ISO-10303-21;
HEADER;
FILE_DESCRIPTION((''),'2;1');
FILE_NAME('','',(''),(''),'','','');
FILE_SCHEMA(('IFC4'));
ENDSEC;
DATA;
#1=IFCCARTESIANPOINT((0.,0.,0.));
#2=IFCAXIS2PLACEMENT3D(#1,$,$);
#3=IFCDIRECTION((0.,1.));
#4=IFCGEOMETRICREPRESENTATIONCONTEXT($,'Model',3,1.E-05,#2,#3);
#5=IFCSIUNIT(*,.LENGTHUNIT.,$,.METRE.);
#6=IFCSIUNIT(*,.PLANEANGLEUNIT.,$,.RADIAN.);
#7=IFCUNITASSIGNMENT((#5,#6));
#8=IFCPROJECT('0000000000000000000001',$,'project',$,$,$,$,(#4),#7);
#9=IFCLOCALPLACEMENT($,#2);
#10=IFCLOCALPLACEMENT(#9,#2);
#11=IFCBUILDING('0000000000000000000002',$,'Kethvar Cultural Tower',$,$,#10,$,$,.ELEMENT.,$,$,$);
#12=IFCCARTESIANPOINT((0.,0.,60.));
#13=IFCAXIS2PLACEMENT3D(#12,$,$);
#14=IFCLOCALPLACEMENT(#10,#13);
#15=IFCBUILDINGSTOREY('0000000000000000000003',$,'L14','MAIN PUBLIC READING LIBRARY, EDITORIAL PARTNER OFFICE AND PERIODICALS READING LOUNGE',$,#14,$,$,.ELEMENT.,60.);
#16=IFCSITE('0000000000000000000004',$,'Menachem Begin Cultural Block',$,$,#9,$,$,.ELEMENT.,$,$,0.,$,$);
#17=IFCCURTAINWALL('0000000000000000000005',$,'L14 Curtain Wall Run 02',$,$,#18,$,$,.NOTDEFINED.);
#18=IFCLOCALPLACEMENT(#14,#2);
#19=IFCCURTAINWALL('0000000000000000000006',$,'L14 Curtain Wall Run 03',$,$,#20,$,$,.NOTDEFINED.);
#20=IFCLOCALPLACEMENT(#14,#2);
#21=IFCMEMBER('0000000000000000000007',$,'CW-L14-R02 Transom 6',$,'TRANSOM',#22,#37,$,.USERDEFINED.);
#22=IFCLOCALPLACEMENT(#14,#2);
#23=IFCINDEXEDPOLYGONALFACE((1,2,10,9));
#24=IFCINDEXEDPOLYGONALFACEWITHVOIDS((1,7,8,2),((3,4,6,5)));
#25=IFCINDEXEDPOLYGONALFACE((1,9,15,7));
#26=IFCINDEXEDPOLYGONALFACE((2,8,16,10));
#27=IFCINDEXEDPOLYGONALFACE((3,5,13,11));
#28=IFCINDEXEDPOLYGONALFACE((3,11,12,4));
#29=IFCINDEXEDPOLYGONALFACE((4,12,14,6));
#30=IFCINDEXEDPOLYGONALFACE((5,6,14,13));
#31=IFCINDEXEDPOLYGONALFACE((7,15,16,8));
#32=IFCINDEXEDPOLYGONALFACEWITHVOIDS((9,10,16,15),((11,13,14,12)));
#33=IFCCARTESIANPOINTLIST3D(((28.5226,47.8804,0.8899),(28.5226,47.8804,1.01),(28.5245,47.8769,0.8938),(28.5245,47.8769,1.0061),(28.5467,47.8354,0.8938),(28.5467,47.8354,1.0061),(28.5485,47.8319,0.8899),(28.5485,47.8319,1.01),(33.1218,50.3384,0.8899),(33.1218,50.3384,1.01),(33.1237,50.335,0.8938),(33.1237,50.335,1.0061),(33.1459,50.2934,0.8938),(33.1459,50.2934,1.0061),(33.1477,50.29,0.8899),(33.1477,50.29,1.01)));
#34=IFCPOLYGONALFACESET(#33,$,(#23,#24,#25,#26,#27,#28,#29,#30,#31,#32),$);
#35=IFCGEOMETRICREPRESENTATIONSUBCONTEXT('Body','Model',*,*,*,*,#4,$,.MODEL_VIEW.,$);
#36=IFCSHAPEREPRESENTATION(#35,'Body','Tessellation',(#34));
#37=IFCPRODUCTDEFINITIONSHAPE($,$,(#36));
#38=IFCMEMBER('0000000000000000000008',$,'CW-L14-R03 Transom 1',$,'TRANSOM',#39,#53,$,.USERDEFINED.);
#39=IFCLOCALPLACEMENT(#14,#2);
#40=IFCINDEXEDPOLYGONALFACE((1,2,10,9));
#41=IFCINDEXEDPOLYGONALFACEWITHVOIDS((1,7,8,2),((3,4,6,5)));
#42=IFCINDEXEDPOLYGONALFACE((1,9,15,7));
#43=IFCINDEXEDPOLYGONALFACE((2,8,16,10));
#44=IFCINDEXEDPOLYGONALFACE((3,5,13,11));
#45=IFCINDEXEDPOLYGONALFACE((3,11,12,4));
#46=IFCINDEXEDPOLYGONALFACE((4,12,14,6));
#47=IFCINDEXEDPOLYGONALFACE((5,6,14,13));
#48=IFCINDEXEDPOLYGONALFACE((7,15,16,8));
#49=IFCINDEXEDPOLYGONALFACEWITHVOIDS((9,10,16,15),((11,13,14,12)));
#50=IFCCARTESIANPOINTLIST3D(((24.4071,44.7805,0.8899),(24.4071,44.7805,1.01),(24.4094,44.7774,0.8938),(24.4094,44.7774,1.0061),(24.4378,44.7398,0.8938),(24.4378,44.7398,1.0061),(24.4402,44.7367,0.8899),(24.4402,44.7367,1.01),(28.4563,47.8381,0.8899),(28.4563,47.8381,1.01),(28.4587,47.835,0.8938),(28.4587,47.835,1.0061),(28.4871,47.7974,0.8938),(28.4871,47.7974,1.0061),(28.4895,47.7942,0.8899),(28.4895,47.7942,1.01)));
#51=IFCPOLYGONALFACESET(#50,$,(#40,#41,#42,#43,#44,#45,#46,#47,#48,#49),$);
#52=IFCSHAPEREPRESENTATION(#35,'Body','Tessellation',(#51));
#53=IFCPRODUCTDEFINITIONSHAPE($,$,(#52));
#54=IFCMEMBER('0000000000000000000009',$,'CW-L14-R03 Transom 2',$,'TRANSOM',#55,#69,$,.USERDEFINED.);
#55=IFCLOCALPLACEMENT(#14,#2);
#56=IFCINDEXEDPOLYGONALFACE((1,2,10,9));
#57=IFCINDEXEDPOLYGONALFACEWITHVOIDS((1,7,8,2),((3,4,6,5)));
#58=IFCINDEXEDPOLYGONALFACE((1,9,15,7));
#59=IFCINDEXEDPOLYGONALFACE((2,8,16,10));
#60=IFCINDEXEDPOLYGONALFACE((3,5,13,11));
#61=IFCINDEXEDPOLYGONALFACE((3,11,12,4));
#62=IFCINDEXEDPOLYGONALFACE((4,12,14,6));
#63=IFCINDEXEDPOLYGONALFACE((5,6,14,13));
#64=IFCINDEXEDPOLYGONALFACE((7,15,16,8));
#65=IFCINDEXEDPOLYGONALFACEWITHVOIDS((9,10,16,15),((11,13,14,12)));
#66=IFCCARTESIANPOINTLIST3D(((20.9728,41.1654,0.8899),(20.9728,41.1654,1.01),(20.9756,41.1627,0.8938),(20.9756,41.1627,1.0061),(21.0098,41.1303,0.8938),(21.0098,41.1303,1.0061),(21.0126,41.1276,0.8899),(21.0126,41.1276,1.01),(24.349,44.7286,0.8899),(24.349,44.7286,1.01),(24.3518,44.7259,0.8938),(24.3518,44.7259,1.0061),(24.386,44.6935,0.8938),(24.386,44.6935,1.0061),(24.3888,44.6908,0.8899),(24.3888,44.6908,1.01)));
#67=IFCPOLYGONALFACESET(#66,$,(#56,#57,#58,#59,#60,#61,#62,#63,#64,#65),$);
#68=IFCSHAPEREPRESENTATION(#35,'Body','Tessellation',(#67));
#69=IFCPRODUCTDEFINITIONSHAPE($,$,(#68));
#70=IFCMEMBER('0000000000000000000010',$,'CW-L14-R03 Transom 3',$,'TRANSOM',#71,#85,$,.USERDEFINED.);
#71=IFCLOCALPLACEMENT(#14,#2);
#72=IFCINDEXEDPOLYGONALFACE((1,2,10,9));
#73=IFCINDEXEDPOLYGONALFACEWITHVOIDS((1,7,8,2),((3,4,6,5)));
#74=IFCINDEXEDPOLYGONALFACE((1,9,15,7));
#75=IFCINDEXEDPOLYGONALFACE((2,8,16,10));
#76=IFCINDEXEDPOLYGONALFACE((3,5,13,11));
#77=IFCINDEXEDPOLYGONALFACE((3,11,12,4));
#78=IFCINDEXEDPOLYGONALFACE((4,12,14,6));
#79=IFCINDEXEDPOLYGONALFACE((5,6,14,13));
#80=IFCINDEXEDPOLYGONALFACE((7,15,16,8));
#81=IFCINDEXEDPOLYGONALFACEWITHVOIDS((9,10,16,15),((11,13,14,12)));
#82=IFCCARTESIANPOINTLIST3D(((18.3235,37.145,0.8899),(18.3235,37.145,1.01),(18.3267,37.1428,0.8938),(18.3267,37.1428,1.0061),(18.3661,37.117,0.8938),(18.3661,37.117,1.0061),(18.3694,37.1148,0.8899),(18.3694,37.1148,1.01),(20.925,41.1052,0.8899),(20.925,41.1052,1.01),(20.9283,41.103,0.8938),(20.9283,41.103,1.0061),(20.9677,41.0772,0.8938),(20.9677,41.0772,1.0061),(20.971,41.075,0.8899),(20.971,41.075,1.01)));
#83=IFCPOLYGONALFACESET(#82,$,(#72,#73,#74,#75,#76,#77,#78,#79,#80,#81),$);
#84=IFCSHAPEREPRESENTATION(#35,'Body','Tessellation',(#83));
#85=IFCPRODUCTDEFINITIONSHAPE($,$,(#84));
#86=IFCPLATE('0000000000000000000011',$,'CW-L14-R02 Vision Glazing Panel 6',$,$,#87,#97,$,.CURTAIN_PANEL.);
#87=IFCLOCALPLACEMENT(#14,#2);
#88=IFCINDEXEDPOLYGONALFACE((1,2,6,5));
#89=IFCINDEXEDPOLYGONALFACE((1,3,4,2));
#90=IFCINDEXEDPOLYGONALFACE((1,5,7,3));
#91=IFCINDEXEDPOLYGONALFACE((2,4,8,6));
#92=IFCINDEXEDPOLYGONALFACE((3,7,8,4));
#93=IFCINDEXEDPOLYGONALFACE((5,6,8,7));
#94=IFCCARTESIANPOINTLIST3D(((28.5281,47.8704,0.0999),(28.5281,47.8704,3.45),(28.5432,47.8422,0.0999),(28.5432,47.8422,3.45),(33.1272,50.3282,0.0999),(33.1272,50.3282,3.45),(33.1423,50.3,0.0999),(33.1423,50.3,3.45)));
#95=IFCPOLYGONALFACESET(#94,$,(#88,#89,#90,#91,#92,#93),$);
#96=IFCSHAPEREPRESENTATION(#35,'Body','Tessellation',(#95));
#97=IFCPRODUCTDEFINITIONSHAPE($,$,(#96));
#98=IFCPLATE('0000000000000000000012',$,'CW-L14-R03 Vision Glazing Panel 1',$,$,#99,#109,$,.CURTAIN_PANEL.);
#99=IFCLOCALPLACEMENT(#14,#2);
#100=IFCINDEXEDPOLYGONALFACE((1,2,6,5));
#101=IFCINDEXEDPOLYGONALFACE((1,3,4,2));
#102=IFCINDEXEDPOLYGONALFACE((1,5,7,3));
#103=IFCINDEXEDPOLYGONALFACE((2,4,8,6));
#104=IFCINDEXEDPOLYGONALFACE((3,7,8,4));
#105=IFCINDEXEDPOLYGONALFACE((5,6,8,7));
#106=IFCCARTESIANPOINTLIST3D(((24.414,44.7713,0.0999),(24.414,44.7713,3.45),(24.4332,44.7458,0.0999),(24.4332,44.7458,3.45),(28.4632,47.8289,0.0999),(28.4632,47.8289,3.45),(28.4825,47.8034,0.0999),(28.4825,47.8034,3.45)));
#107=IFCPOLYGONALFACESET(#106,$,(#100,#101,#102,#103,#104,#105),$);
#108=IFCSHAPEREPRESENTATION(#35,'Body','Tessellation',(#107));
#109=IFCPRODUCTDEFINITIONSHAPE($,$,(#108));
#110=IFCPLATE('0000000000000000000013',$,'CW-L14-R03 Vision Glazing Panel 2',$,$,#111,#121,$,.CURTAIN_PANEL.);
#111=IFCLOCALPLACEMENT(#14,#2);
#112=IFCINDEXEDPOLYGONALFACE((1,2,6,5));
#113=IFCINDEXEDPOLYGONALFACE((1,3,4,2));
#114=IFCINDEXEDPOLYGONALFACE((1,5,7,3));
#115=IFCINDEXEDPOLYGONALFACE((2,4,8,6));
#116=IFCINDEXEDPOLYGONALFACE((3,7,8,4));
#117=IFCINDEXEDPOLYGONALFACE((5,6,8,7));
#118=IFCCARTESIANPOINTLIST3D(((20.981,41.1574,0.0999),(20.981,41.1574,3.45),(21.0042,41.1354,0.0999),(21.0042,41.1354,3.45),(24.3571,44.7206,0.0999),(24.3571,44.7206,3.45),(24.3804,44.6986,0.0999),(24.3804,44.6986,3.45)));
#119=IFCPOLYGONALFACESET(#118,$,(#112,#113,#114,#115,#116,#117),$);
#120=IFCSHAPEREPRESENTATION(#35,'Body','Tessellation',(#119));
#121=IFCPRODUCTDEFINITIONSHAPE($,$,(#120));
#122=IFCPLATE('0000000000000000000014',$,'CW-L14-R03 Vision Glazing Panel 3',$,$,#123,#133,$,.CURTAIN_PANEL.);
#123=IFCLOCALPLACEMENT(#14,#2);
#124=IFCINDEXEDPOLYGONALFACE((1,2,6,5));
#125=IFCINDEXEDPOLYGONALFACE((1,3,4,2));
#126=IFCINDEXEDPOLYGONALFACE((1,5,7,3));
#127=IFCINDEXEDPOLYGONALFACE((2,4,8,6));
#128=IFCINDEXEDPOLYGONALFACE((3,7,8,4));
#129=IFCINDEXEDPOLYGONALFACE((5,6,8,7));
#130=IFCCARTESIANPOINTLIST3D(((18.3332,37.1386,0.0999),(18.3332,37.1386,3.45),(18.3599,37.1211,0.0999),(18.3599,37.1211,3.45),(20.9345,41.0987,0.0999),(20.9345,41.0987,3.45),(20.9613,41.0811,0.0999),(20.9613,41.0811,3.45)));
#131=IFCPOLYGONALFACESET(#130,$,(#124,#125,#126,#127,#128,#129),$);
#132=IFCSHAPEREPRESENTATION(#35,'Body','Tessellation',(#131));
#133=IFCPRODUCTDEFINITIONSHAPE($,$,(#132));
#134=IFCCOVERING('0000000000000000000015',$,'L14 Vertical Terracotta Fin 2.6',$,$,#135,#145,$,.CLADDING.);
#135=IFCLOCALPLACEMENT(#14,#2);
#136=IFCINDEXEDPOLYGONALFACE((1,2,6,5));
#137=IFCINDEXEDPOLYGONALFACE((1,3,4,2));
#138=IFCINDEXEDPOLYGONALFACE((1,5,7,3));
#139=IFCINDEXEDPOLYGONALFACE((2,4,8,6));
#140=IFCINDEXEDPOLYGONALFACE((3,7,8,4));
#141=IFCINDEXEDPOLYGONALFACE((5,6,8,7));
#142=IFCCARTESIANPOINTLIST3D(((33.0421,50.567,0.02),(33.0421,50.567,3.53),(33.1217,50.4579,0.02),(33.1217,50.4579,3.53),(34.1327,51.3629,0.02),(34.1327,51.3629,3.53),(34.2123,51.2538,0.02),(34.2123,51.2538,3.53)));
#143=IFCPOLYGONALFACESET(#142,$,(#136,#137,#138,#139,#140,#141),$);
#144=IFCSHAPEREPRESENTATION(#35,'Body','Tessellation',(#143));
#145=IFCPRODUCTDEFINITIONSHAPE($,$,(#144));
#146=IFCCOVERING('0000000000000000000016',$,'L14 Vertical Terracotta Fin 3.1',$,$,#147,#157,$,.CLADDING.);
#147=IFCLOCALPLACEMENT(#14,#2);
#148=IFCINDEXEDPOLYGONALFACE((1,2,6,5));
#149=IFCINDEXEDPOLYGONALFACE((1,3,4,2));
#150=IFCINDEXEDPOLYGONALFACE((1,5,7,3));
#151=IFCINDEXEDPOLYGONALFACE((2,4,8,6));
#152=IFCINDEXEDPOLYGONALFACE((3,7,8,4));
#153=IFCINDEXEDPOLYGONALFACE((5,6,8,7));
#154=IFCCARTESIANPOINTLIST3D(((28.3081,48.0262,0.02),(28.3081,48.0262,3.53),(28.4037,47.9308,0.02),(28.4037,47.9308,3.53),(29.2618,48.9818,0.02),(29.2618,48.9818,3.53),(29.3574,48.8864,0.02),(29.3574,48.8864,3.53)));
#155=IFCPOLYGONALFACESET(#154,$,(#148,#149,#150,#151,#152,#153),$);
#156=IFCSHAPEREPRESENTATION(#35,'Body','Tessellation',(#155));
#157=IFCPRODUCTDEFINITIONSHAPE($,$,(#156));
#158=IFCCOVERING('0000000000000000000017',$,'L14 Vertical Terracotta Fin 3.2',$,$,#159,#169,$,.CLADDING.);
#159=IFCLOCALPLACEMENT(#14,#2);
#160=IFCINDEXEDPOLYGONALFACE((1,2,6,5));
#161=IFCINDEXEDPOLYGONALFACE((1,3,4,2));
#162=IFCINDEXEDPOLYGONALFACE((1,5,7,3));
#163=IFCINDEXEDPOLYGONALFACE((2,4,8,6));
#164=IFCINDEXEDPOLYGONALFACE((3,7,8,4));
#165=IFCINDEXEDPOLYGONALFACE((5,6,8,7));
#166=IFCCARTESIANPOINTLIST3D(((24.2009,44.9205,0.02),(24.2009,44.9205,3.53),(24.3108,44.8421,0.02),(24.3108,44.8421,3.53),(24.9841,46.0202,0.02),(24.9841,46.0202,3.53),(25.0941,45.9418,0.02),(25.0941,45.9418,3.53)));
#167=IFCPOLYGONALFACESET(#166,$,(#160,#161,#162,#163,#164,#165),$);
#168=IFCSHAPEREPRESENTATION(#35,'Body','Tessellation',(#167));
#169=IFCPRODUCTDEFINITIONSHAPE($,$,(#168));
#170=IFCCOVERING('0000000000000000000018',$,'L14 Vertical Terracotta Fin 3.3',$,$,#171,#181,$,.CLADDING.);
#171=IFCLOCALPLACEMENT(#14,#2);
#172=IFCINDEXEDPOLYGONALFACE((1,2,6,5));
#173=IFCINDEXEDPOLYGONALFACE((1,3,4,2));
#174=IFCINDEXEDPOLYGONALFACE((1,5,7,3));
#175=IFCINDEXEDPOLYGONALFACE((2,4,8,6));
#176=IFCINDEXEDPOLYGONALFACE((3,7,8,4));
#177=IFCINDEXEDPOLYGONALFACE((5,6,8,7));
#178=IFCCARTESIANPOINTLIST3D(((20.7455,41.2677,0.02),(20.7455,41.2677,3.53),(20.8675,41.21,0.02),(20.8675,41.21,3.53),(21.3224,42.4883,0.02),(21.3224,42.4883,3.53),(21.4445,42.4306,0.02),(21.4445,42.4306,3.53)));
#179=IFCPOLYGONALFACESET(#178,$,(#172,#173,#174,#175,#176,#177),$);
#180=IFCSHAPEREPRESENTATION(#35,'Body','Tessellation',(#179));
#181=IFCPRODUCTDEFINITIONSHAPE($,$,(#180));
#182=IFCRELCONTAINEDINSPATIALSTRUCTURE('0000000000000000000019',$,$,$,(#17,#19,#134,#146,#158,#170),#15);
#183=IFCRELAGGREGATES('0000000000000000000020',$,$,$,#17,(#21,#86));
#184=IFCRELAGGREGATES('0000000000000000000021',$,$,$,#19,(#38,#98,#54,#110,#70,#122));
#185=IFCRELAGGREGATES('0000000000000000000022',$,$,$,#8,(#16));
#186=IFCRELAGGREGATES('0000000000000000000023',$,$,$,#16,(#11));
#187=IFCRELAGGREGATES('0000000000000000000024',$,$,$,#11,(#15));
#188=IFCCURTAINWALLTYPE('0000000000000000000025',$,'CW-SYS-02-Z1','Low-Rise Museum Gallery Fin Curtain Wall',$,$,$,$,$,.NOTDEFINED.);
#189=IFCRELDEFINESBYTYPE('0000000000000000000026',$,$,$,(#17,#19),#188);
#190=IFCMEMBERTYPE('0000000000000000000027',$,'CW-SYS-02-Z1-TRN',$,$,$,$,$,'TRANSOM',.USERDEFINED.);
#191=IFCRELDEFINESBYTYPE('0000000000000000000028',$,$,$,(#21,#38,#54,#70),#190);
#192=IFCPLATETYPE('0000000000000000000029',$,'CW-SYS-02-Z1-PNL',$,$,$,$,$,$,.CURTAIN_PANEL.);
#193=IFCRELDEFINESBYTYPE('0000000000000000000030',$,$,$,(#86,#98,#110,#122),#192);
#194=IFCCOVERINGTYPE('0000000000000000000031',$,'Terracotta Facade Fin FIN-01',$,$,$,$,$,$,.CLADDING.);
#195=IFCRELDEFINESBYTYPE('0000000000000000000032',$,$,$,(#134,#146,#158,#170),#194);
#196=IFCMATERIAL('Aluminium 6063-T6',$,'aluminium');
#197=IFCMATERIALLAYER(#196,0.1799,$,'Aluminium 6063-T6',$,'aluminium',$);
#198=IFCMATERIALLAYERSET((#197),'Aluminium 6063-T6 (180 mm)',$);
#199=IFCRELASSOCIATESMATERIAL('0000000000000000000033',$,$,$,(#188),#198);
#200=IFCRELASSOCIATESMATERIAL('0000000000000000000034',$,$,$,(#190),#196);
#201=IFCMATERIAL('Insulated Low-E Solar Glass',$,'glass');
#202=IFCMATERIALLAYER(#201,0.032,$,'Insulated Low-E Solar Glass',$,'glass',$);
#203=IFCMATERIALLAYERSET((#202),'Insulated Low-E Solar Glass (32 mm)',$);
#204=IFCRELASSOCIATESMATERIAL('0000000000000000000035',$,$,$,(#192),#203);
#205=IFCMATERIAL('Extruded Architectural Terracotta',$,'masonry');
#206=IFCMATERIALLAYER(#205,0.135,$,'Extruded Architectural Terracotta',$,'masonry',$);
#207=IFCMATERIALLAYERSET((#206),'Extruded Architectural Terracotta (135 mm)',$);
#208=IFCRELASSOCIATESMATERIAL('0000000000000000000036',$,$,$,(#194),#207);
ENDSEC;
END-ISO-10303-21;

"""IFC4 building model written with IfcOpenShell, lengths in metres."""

from ifc_helpers import new_model, si_unit, direction, frame, origin, origin_2d, place, context, subcontext, project, spatial, rectangle, hollow_rectangle, extrude, source, transform, mapped, material, layer, layer_set, material_profile, profile_set, type_object, element, aggregate, save


model = new_model("IFC4")

# Units and contexts
model_context = context("Model", 3, precision=1e-05, world=origin(), true_north=direction((0.0, 1.0)))
body_context = subcontext(model_context, "Body", "Model", "MODEL_VIEW")
ifc_project = project(units=[si_unit("LENGTHUNIT", "METRE"), si_unit("PLANEANGLEUNIT", "RADIAN")], contexts=[model_context])

# Site, building, storey
site_placement = place(None, origin())
site = spatial("IfcSite", under=ifc_project, at=site_placement, Name="Menachem Begin Cultural Block", CompositionType="ELEMENT", RefElevation=0.0)
building_placement = place(site_placement, origin())
building = spatial("IfcBuilding", under=site, at=building_placement, Name="Kethvar Cultural Tower", CompositionType="ELEMENT")
storey_placement = place(building_placement, frame((0.0, 0.0, 60.0)))
storey = spatial("IfcBuildingStorey", under=building, at=storey_placement, Name="L14", Description="MAIN PUBLIC READING LIBRARY, EDITORIAL PARTNER OFFICE AND PERIODICALS READING LOUNGE", CompositionType="ELEMENT", Elevation=60.0)

# Curtain walls
ifc_material_1 = material(Name="Aluminium 6063-T6", Category="aluminium")
ifc_layer_1 = layer(ifc_material_1, 0.1799, Name="Aluminium 6063-T6", Category="aluminium")
ifc_layer_set_1 = layer_set([ifc_layer_1], Name="Aluminium 6063-T6 (180 mm)")
curtain_wall_type = type_object("IfcCurtainWallType", Name="CW-SYS-02-Z1", Description="Low-Rise Museum Gallery Fin Curtain Wall", PredefinedType="NOTDEFINED", material=ifc_layer_set_1)
curtain_wall_1_placement = place(storey_placement, origin())
curtain_wall_1 = element("IfcCurtainWall", 1, at=curtain_wall_1_placement, inside=storey, type_object=curtain_wall_type, Name="L14 Curtain Wall Run 02", PredefinedType="NOTDEFINED")
curtain_wall_2_placement = place(storey_placement, origin())
curtain_wall_2 = element("IfcCurtainWall", 2, at=curtain_wall_2_placement, inside=storey, type_object=curtain_wall_type, Name="L14 Curtain Wall Run 03", PredefinedType="NOTDEFINED")

# Members
ifc_material_profile_1 = material_profile(ifc_material_1, hollow_rectangle(XDim=0.0549, YDim=0.1201, WallThickness=0.0039, at=origin_2d()), Name="Aluminium 6063-T6 — RHS120x55x4")
ifc_profile_set_1 = profile_set([ifc_material_profile_1], Name="Aluminium 6063-T6 — RHS120x55x4")
member_type_1 = type_object("IfcMemberType", Name="CW-SYS-02-Z1-TRN", ElementType="TRANSOM", PredefinedType="USERDEFINED", material=ifc_profile_set_1)
shared_shape_1 = source(origin(), body_context, "Body", "SweptSolid", [
    extrude(hollow_rectangle(XDim=0.0549, YDim=0.1201, WallThickness=0.0039, at=origin_2d()), origin(), (0.0, 0.0, 1.0), 5.2148),
])
member_1_placement = place(storey_placement, frame((33.1348, 50.3142, 0.95), z_axis=(-0.881943, -0.471356, 0.0), x_axis=(0.471356, -0.881943, 0.0)))
member_1 = element("IfcMember", 3, at=member_1_placement, type_object=member_type_1, Name="CW-L14-R02 Transom 6", ObjectType="TRANSOM", PredefinedType="USERDEFINED", context=body_context, shape_type="MappedRepresentation", body=[
    mapped(shared_shape_1, transform((0.0, 0.0, 0.0), scale=1.0)),
])
shared_shape_2 = source(origin(), body_context, "Body", "SweptSolid", [
    extrude(hollow_rectangle(XDim=0.0549, YDim=0.1201, WallThickness=0.0039, at=origin_2d()), origin(), (0.0, 0.0, 1.0), 5.074),
])
member_2_placement = place(storey_placement, frame((28.4729, 47.8162, 0.95), z_axis=(-0.798044, -0.602599, 0.0), x_axis=(0.602599, -0.798044, 0.0)))
member_2 = element("IfcMember", 4, at=member_2_placement, type_object=member_type_1, Name="CW-L14-R03 Transom 1", ObjectType="TRANSOM", PredefinedType="USERDEFINED", context=body_context, shape_type="MappedRepresentation", body=[
    mapped(shared_shape_2, transform((0.0, 0.0, 0.0), scale=1.0)),
])
shared_shape_3 = source(origin(), body_context, "Body", "SweptSolid", [
    extrude(hollow_rectangle(XDim=0.0549, YDim=0.1201, WallThickness=0.0039, at=origin_2d()), origin(), (0.0, 0.0, 1.0), 4.9087),
])
member_3_placement = place(storey_placement, frame((24.3689, 44.7097, 0.95), z_axis=(-0.687801, -0.725899, 0.0), x_axis=(0.725899, -0.687801, 0.0)))
member_3 = element("IfcMember", 5, at=member_3_placement, type_object=member_type_1, Name="CW-L14-R03 Transom 2", ObjectType="TRANSOM", PredefinedType="USERDEFINED", context=body_context, shape_type="MappedRepresentation", body=[
    mapped(shared_shape_3, transform((0.0, 0.0, 0.0), scale=1.0)),
])
shared_shape_4 = source(origin(), body_context, "Body", "SweptSolid", [
    extrude(hollow_rectangle(XDim=0.0549, YDim=0.1201, WallThickness=0.0039, at=origin_2d()), origin(), (0.0, 0.0, 1.0), 4.7383),
])
member_4_placement = place(storey_placement, frame((20.948, 41.0901, 0.95), z_axis=(-0.549051, -0.835789, 0.0), x_axis=(0.835789, -0.549051, 0.0)))
member_4 = element("IfcMember", 6, at=member_4_placement, type_object=member_type_1, Name="CW-L14-R03 Transom 3", ObjectType="TRANSOM", PredefinedType="USERDEFINED", context=body_context, shape_type="MappedRepresentation", body=[
    mapped(shared_shape_4, transform((0.0, 0.0, 0.0), scale=1.0)),
])

# Plates
ifc_material_2 = material(Name="Insulated Low-E Solar Glass", Category="glass")
ifc_layer_2 = layer(ifc_material_2, 0.032, Name="Insulated Low-E Solar Glass", Category="glass")
ifc_layer_set_2 = layer_set([ifc_layer_2], Name="Insulated Low-E Solar Glass (32 mm)")
plate_type = type_object("IfcPlateType", Name="CW-SYS-02-Z1-PNL", PredefinedType="CURTAIN_PANEL", material=ifc_layer_set_2)
shared_shape_5 = source(origin(), body_context, "Body", "SweptSolid", [
    extrude(rectangle(XDim=5.2146, YDim=0.032, at=origin_2d()), origin(), (0.0, 0.0, 1.0), 3.3501),
])
plate_1_placement = place(storey_placement, frame((30.8352, 49.0852, 0.0999), z_axis=(0.0, 0.0, 1.0), x_axis=(-0.881962, -0.47132, 0.0)))
plate_1 = element("IfcPlate", 7, at=plate_1_placement, type_object=plate_type, Name="CW-L14-R02 Vision Glazing Panel 6", PredefinedType="CURTAIN_PANEL", context=body_context, shape_type="MappedRepresentation", body=[
    mapped(shared_shape_5, transform((0.0, 0.0, 0.0), scale=1.0)),
])
aggregate(curtain_wall_1, [member_1, plate_1])
shared_shape_6 = source(origin(), body_context, "Body", "SweptSolid", [
    extrude(rectangle(XDim=5.074, YDim=0.032, at=origin_2d()), origin(), (0.0, 0.0, 1.0), 3.3501),
])
plate_2_placement = place(storey_placement, frame((26.4482, 46.2874, 0.0999), z_axis=(0.0, 0.0, 1.0), x_axis=(-0.798047, -0.602595, 0.0)))
plate_2 = element("IfcPlate", 8, at=plate_2_placement, type_object=plate_type, Name="CW-L14-R03 Vision Glazing Panel 1", PredefinedType="CURTAIN_PANEL", context=body_context, shape_type="MappedRepresentation", body=[
    mapped(shared_shape_6, transform((0.0, 0.0, 0.0), scale=1.0)),
])
shared_shape_7 = source(origin(), body_context, "Body", "SweptSolid", [
    extrude(rectangle(XDim=4.9087, YDim=0.032, at=origin_2d()), origin(), (0.0, 0.0, 1.0), 3.3501),
])
plate_3_placement = place(storey_placement, frame((22.6807, 42.928, 0.0999), z_axis=(0.0, 0.0, 1.0), x_axis=(-0.687797, -0.725903, 0.0)))
plate_3 = element("IfcPlate", 9, at=plate_3_placement, type_object=plate_type, Name="CW-L14-R03 Vision Glazing Panel 2", PredefinedType="CURTAIN_PANEL", context=body_context, shape_type="MappedRepresentation", body=[
    mapped(shared_shape_7, transform((0.0, 0.0, 0.0), scale=1.0)),
])
shared_shape_8 = source(origin(), body_context, "Body", "SweptSolid", [
    extrude(rectangle(XDim=4.738, YDim=0.032, at=origin_2d()), origin(), (0.0, 0.0, 1.0), 3.3501),
])
plate_4_placement = place(storey_placement, frame((19.6472, 39.1099, 0.0999), z_axis=(0.0, 0.0, 1.0), x_axis=(-0.549037, -0.835798, 0.0)))
plate_4 = element("IfcPlate", 10, at=plate_4_placement, type_object=plate_type, Name="CW-L14-R03 Vision Glazing Panel 3", PredefinedType="CURTAIN_PANEL", context=body_context, shape_type="MappedRepresentation", body=[
    mapped(shared_shape_8, transform((0.0, 0.0, 0.0), scale=1.0)),
])
aggregate(curtain_wall_2, [member_2, plate_2, member_3, plate_3, member_4, plate_4])

# Coverings
ifc_material_3 = material(Name="Extruded Architectural Terracotta", Category="masonry")
ifc_layer_3 = layer(ifc_material_3, 0.135, Name="Extruded Architectural Terracotta", Category="masonry")
ifc_layer_set_3 = layer_set([ifc_layer_3], Name="Extruded Architectural Terracotta (135 mm)")
covering_type = type_object("IfcCoveringType", Name="Terracotta Facade Fin FIN-01", PredefinedType="CLADDING", material=ifc_layer_set_3)
shared_shape_9 = source(origin(), body_context, "Body", "SweptSolid", [
    extrude(rectangle(XDim=1.3501, YDim=0.135, at=origin_2d()), origin(), (0.0, 0.0, 1.0), 3.51),
])
for number, where, z_axis, x_axis, name in (
    (11, (33.6272, 50.9104, 0.02), (0.0, 0.0, 1.0), (0.807784, 0.589478, 0.0), "L14 Vertical Terracotta Fin 2.6"),
    (12, (28.8328, 48.4563, 0.02), (0.0, 0.0, 1.0), (0.706366, 0.707847, 0.0), "L14 Vertical Terracotta Fin 3.1"),
    (13, (24.6475, 45.4312, 0.02), (0.0, 0.0, 1.0), (0.580134, 0.814521, 0.0), "L14 Vertical Terracotta Fin 3.2"),
    (14, (21.095, 41.8491, 0.02), (0.0, 0.0, 1.0), (0.427358, 0.904083, 0.0), "L14 Vertical Terracotta Fin 3.3"),
):
    element("IfcCovering", number, at=place(storey_placement, frame(where, z_axis=z_axis, x_axis=x_axis)), inside=storey, type_object=covering_type, Name=name, PredefinedType="CLADDING", context=body_context, shape_type="MappedRepresentation", body=[
        mapped(shared_shape_9, transform((0.0, 0.0, 0.0), scale=1.0)),
    ])

save(model, "model.ifc")
